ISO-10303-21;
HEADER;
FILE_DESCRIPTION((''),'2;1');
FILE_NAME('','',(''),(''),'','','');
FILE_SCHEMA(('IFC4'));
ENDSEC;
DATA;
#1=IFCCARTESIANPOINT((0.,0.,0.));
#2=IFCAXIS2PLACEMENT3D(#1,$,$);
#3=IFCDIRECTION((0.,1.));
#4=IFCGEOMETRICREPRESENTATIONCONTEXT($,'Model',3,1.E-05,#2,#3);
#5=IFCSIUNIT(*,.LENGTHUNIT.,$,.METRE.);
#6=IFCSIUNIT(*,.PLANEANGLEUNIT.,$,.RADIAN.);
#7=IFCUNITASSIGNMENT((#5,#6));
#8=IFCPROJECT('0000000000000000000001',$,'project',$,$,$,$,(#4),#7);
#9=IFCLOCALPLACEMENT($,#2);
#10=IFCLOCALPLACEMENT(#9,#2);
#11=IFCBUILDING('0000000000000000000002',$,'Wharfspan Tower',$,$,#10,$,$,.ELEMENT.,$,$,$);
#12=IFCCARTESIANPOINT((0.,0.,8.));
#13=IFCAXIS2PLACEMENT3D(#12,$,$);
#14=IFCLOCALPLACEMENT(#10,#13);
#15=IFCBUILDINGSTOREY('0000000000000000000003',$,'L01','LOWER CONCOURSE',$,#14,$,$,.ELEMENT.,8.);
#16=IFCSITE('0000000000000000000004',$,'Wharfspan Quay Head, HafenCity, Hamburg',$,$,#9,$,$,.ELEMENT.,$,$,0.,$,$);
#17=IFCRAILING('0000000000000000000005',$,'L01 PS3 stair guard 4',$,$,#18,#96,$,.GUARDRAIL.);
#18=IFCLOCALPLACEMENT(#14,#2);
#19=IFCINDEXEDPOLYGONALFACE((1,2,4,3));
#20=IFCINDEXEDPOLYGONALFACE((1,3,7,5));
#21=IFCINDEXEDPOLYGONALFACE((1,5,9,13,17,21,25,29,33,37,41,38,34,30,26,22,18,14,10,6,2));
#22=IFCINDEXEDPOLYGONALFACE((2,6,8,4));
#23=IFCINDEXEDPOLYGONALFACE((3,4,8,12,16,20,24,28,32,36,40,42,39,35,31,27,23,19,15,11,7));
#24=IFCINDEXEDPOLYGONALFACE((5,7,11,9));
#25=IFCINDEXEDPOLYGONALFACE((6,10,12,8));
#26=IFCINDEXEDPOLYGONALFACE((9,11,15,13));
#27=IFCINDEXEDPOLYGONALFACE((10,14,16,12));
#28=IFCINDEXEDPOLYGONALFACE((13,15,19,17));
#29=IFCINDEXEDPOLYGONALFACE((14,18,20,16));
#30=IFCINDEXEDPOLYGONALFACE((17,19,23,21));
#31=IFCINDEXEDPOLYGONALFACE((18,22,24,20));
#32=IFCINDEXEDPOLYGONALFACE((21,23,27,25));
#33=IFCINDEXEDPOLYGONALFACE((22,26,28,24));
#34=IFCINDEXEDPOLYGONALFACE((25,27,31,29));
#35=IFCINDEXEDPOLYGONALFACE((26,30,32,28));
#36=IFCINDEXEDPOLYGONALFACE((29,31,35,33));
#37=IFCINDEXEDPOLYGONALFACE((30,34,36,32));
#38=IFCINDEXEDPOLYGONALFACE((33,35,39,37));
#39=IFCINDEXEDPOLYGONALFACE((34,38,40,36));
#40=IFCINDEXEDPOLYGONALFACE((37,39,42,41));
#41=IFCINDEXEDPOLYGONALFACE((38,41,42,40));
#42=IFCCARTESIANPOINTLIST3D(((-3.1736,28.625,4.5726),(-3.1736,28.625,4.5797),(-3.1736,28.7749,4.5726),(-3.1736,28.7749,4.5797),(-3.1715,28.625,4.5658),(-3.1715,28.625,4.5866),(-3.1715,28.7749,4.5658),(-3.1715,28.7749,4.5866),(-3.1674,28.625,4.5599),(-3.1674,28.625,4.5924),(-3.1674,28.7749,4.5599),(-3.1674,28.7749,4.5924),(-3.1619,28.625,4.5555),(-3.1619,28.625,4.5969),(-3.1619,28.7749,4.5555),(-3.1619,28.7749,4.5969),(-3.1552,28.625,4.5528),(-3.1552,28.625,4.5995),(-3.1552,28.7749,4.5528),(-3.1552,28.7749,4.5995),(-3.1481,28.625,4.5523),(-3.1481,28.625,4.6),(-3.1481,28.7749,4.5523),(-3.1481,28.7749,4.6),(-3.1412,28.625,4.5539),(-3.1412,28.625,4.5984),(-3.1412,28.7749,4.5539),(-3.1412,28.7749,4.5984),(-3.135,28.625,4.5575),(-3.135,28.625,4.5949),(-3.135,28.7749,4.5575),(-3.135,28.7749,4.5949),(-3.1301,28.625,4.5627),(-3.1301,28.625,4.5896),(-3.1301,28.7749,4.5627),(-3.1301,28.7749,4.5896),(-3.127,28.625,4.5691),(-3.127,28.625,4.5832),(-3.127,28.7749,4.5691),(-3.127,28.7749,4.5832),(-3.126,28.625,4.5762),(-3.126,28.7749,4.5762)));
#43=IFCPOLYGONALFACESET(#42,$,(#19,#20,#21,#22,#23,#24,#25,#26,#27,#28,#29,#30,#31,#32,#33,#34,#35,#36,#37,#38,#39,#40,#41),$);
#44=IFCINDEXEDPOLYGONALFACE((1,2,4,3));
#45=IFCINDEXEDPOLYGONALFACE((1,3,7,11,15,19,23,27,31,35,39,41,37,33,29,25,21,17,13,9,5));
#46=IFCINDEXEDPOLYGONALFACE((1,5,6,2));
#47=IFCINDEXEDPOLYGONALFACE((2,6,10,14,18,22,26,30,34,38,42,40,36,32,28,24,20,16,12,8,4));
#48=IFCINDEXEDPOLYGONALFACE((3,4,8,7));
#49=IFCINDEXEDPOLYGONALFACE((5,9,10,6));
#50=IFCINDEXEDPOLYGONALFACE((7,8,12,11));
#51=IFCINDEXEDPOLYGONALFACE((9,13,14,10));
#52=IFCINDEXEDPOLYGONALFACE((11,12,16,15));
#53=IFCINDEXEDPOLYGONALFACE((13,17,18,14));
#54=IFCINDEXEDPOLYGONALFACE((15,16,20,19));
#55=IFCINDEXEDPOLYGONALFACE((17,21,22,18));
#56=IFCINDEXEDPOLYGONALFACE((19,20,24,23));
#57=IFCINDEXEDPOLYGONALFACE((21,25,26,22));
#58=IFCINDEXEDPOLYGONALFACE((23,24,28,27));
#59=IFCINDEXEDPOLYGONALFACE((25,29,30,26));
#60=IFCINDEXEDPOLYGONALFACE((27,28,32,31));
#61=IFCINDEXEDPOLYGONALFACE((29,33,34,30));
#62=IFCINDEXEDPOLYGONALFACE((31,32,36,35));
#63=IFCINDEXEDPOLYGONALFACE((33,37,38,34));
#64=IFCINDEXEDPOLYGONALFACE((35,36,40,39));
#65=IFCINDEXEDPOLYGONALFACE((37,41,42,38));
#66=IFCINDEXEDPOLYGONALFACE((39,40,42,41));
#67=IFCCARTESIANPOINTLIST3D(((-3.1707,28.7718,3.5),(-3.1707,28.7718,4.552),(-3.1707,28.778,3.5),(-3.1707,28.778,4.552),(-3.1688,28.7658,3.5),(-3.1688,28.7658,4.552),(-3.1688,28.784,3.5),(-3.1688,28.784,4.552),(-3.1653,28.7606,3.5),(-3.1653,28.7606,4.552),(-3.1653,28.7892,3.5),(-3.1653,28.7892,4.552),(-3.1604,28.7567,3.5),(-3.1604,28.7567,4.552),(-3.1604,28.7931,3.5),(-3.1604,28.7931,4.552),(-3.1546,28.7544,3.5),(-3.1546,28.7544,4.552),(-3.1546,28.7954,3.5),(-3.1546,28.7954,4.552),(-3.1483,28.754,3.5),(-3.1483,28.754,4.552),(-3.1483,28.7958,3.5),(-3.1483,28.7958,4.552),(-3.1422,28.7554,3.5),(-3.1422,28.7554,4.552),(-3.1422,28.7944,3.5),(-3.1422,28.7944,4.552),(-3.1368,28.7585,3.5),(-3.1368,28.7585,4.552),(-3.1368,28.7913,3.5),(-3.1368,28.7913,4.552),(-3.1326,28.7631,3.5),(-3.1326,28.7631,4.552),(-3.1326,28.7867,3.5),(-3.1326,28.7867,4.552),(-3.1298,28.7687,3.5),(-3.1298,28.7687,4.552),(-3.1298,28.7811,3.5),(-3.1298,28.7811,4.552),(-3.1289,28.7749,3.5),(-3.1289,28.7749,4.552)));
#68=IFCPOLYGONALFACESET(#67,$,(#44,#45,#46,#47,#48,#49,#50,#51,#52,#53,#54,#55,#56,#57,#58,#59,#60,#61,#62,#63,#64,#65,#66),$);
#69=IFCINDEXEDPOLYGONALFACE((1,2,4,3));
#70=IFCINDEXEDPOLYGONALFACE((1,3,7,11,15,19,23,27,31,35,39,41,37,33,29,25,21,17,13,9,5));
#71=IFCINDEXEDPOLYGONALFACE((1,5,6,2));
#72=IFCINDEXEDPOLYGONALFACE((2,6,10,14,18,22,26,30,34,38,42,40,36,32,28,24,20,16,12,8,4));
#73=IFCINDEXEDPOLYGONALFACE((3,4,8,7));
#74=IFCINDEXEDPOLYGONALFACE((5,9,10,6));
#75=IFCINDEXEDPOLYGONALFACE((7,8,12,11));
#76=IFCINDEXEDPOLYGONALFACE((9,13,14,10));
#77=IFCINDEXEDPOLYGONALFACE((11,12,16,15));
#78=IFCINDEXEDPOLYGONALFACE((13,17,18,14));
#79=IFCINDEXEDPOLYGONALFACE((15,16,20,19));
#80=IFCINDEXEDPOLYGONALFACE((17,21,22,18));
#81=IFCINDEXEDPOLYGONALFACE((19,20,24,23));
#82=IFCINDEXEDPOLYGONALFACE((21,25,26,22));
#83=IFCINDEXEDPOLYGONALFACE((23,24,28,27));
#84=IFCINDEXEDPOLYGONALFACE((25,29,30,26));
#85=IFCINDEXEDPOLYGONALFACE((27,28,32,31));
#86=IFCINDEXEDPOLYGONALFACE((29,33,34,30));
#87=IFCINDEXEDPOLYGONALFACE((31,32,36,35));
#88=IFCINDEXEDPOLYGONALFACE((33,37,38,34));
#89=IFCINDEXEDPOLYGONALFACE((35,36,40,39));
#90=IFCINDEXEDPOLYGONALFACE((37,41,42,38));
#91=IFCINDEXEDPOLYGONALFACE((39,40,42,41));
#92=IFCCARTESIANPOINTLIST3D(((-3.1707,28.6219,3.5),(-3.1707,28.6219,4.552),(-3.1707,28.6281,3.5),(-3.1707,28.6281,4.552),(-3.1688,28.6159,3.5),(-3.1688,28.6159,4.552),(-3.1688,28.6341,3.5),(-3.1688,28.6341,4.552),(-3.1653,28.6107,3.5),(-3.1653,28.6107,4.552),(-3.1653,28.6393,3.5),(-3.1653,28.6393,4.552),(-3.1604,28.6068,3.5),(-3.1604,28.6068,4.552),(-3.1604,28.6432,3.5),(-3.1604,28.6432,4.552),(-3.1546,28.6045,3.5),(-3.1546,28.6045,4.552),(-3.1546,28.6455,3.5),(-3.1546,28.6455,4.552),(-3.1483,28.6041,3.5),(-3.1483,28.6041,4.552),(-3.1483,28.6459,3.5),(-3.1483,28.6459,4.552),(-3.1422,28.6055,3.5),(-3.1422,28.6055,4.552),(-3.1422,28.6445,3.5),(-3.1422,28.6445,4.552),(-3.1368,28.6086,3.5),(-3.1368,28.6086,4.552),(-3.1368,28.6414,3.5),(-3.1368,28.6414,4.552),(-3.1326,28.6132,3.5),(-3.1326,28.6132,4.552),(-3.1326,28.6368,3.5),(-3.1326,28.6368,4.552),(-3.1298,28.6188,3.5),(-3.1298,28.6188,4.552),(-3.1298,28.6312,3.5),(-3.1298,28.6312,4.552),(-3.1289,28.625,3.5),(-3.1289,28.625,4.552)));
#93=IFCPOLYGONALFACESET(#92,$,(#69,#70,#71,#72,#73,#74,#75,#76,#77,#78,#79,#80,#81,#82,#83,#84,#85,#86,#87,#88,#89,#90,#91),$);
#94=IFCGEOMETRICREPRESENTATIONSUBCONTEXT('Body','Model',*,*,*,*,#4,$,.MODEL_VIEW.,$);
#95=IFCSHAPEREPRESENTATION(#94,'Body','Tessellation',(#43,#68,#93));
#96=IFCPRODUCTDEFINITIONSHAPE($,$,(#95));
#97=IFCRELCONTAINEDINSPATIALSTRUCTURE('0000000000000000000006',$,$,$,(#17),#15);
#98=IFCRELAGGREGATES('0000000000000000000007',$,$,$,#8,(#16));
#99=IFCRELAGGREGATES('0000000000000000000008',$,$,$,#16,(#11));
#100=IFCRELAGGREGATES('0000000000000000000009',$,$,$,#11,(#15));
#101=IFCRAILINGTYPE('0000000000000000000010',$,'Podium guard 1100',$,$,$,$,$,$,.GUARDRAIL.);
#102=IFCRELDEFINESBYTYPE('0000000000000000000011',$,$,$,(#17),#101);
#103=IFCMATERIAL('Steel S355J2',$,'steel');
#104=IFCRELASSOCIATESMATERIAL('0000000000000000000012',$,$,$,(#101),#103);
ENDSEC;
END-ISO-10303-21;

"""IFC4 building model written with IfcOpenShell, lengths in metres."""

from ifc_helpers import new_model, si_unit, direction, frame, origin, origin_2d, place, context, subcontext, project, spatial, circle, extrude, material, type_object, element, save


model = new_model("IFC4")

# Units and contexts
model_context = context("Model", 3, precision=1e-05, world=origin(), true_north=direction((0.0, 1.0)))
body_context = subcontext(model_context, "Body", "Model", "MODEL_VIEW")
ifc_project = project(units=[si_unit("LENGTHUNIT", "METRE"), si_unit("PLANEANGLEUNIT", "RADIAN")], contexts=[model_context])

# Site, building, storey
site_placement = place(None, origin())
site = spatial("IfcSite", under=ifc_project, at=site_placement, Name="Wharfspan Quay Head, HafenCity, Hamburg", CompositionType="ELEMENT", RefElevation=0.0)
building_placement = place(site_placement, origin())
building = spatial("IfcBuilding", under=site, at=building_placement, Name="Wharfspan Tower", CompositionType="ELEMENT")
storey_placement = place(building_placement, frame((0.0, 0.0, 8.0)))
storey = spatial("IfcBuildingStorey", under=building, at=storey_placement, Name="L01", Description="LOWER CONCOURSE", CompositionType="ELEMENT", Elevation=8.0)

# Railing
ifc_material_1 = material(Name="Steel S355J2", Category="steel")
railing_type_1 = type_object("IfcRailingType", Name="Podium guard 1100", PredefinedType="GUARDRAIL", material=ifc_material_1)
railing_1_placement = place(storey_placement, frame((-3.1499, 28.7749, 3.5)))
element("IfcRailing", 1, at=railing_1_placement, inside=storey, type_object=railing_type_1, Name="L01 PS3 stair guard 4", PredefinedType="GUARDRAIL", context=body_context, shape_type="SweptSolid", body=[
    extrude(circle(Radius=0.0239, at=origin_2d()), frame((0.0, 0.0, 1.0762), z_axis=(0.0, -1.0, 0.0), x_axis=(1.0, 0.0, 0.0)), (0.0, 0.0, 1.0), 0.1499),
    extrude(circle(Radius=0.021, at=origin_2d()), origin(), (0.0, 0.0, 1.0), 1.052),
    extrude(circle(Radius=0.021, at=origin_2d()), frame((0.0, -0.1499, 0.0)), (0.0, 0.0, 1.0), 1.052),
])

save(model, "model.ifc")
